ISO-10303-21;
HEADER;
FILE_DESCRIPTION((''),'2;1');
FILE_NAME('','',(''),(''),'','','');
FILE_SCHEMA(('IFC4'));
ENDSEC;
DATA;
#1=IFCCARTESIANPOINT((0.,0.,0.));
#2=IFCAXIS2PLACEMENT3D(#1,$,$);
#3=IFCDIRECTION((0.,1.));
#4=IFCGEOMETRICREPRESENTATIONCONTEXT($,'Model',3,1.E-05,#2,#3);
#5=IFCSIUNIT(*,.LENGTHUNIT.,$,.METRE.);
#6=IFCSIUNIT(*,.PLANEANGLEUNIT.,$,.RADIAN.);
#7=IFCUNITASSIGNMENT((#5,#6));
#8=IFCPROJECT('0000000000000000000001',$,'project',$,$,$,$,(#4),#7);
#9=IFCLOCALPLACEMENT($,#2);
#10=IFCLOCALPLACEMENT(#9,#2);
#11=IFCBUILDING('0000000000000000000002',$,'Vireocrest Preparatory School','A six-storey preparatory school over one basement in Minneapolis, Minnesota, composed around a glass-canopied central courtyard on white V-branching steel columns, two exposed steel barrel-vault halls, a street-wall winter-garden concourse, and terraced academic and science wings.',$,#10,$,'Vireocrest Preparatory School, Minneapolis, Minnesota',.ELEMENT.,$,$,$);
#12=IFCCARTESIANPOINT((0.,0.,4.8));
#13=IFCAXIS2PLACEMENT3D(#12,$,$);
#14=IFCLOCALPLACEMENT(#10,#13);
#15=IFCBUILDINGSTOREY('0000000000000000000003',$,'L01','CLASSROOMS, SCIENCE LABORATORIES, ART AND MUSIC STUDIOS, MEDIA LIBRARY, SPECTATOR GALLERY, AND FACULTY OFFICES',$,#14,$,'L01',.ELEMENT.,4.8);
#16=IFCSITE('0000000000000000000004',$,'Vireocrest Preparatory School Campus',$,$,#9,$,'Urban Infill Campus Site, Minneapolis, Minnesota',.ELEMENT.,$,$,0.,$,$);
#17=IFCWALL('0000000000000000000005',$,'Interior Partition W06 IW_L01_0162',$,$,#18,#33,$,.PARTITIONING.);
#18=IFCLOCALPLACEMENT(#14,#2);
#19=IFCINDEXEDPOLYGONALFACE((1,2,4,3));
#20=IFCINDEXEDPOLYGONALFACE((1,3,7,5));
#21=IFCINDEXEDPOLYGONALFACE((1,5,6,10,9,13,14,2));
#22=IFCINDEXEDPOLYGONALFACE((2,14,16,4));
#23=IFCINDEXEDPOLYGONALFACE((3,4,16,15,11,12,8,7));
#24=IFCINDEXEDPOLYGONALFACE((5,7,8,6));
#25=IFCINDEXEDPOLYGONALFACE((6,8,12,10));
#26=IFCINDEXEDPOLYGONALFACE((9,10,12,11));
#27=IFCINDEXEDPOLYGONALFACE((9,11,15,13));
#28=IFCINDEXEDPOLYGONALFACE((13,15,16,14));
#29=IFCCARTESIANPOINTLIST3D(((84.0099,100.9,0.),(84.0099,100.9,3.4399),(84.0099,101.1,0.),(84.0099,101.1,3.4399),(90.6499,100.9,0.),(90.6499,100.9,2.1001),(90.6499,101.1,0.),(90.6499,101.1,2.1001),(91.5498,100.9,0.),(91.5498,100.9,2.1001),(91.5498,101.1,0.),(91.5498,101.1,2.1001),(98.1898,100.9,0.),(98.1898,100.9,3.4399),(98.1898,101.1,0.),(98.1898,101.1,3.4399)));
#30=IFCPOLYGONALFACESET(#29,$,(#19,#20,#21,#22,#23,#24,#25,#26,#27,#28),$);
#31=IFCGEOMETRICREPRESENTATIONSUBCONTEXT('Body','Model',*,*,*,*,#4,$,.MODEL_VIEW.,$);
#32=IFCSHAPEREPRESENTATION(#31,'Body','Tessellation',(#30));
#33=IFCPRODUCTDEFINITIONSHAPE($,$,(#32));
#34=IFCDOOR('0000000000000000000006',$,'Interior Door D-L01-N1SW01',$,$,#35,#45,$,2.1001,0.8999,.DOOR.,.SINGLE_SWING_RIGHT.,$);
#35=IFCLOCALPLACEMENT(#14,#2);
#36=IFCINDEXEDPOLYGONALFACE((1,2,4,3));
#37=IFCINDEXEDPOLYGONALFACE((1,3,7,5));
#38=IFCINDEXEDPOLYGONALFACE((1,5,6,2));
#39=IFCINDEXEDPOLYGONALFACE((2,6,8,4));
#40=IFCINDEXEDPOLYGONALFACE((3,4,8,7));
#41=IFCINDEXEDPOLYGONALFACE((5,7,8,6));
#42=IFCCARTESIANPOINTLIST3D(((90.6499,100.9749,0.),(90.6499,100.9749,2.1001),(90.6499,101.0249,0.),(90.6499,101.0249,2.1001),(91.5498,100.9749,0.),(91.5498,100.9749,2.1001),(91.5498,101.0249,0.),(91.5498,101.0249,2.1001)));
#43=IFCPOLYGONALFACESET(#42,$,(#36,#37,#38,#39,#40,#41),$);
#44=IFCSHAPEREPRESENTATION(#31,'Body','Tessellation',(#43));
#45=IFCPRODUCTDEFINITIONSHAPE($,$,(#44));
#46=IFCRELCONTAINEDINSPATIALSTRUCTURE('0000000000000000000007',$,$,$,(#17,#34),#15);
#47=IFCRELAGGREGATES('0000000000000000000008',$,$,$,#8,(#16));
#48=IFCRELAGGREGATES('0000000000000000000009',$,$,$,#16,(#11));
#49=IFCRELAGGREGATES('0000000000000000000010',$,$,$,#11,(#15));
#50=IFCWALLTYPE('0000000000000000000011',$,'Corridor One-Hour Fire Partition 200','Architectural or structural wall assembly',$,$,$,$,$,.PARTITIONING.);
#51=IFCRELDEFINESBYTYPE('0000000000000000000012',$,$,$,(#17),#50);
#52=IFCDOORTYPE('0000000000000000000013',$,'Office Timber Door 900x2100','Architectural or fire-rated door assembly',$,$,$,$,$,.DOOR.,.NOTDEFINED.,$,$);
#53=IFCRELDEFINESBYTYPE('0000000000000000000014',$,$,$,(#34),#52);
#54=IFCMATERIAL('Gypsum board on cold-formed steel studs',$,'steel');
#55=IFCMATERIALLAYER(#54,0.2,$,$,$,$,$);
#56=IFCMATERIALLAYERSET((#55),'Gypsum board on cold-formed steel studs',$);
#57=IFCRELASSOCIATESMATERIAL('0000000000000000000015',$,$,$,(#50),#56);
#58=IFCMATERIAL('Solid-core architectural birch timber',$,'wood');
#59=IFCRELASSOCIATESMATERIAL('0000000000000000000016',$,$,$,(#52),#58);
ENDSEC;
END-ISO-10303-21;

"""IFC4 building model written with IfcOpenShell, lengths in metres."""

from ifc_helpers import new_model, si_unit, direction, frame, frame_2d, origin, place, context, subcontext, project, spatial, rectangle, extrude, material, layer, layer_set, type_object, element, fill, save


model = new_model("IFC4")

# Units and contexts
model_context = context("Model", 3, precision=1e-05, world=origin(), true_north=direction((0.0, 1.0)))
body_context = subcontext(model_context, "Body", "Model", "MODEL_VIEW")
ifc_project = project(units=[si_unit("LENGTHUNIT", "METRE"), si_unit("PLANEANGLEUNIT", "RADIAN")], contexts=[model_context])

# Site, building, storey
site_placement = place(None, origin())
site = spatial("IfcSite", under=ifc_project, at=site_placement, Name="Vireocrest Preparatory School Campus", LongName="Urban Infill Campus Site, Minneapolis, Minnesota", CompositionType="ELEMENT", RefElevation=0.0)
building_placement = place(site_placement, origin())
building = spatial("IfcBuilding", under=site, at=building_placement, Name="Vireocrest Preparatory School", Description="A six-storey preparatory school over one basement in Minneapolis, Minnesota, composed around a glass-canopied central courtyard on white V-branching steel columns, two exposed steel barrel-vault halls, a street-wall winter-garden concourse, and terraced academic and science wings.", LongName="Vireocrest Preparatory School, Minneapolis, Minnesota", CompositionType="ELEMENT")
storey_placement = place(building_placement, frame((0.0, 0.0, 4.8)))
storey = spatial("IfcBuildingStorey", under=building, at=storey_placement, Name="L01", Description="CLASSROOMS, SCIENCE LABORATORIES, ART AND MUSIC STUDIOS, MEDIA LIBRARY, SPECTATOR GALLERY, AND FACULTY OFFICES", LongName="L01", CompositionType="ELEMENT", Elevation=4.8)

# Shared definitions
ifc_material_1 = material(Name="Gypsum board on cold-formed steel studs", Category="steel")
ifc_layer_1 = layer(ifc_material_1, 0.2)
ifc_layer_set_1 = layer_set([ifc_layer_1], Name="Gypsum board on cold-formed steel studs")
wall_type_1 = type_object("IfcWallType", Name="Corridor One-Hour Fire Partition 200", Description="Architectural or structural wall assembly", PredefinedType="PARTITIONING", material=ifc_layer_set_1)

# Wall, opening, door
ifc_material_2 = material(Name="Solid-core architectural birch timber", Category="wood")
door_type = type_object("IfcDoorType", Name="Office Timber Door 900x2100", Description="Architectural or fire-rated door assembly", OperationType="NOTDEFINED", PredefinedType="DOOR", material=ifc_material_2)
wall_1_placement = place(storey_placement, frame((84.01, 101.0, 0.0), z_axis=(0.0, 0.0, 1.0), x_axis=(1.0, 0.0, 0.0)))
wall_1 = element("IfcWall", 1, at=wall_1_placement, inside=storey, type_object=wall_type_1, Name="Interior Partition W06 IW_L01_0162", PredefinedType="PARTITIONING", context=body_context, shape_type="SweptSolid", body=[
    extrude(rectangle(XDim=14.1799, YDim=0.2, at=frame_2d((7.0898, 0.0))), origin(), (0.0, 0.0, 1.0), 3.4399),
])
opening_1_placement = place(wall_1_placement, frame((6.6399, 0.0, 0.0)))
opening_1 = element("IfcOpeningElement", 2, at=opening_1_placement, cuts=wall_1, PredefinedType="OPENING", context=body_context, shape_type="SweptSolid", body=[
    extrude(rectangle(XDim=0.8999, YDim=2.1001, at=frame_2d((0.45, 1.05))), frame((0.0, 0.1099, 0.0), z_axis=(0.0, -1.0, 0.0), x_axis=(1.0, 0.0, 0.0)), (0.0, 0.0, 1.0), 0.22),
])
door_1_placement = place(opening_1_placement, origin())
door_1 = element("IfcDoor", 3, at=door_1_placement, inside=storey, type_object=door_type, Name="Interior Door D-L01-N1SW01", OperationType="SINGLE_SWING_RIGHT", OverallHeight=2.1001, OverallWidth=0.8999, PredefinedType="DOOR", context=body_context, shape_type="SweptSolid", body=[
    extrude(rectangle(XDim=0.8999, YDim=2.1001, at=frame_2d((0.45, 1.05))), frame((0.0, 0.0249, 0.0), z_axis=(0.0, -1.0, 0.0), x_axis=(1.0, 0.0, 0.0)), (0.0, 0.0, 1.0), 0.05),
])
fill(opening_1, door_1)

save(model, "model.ifc")
